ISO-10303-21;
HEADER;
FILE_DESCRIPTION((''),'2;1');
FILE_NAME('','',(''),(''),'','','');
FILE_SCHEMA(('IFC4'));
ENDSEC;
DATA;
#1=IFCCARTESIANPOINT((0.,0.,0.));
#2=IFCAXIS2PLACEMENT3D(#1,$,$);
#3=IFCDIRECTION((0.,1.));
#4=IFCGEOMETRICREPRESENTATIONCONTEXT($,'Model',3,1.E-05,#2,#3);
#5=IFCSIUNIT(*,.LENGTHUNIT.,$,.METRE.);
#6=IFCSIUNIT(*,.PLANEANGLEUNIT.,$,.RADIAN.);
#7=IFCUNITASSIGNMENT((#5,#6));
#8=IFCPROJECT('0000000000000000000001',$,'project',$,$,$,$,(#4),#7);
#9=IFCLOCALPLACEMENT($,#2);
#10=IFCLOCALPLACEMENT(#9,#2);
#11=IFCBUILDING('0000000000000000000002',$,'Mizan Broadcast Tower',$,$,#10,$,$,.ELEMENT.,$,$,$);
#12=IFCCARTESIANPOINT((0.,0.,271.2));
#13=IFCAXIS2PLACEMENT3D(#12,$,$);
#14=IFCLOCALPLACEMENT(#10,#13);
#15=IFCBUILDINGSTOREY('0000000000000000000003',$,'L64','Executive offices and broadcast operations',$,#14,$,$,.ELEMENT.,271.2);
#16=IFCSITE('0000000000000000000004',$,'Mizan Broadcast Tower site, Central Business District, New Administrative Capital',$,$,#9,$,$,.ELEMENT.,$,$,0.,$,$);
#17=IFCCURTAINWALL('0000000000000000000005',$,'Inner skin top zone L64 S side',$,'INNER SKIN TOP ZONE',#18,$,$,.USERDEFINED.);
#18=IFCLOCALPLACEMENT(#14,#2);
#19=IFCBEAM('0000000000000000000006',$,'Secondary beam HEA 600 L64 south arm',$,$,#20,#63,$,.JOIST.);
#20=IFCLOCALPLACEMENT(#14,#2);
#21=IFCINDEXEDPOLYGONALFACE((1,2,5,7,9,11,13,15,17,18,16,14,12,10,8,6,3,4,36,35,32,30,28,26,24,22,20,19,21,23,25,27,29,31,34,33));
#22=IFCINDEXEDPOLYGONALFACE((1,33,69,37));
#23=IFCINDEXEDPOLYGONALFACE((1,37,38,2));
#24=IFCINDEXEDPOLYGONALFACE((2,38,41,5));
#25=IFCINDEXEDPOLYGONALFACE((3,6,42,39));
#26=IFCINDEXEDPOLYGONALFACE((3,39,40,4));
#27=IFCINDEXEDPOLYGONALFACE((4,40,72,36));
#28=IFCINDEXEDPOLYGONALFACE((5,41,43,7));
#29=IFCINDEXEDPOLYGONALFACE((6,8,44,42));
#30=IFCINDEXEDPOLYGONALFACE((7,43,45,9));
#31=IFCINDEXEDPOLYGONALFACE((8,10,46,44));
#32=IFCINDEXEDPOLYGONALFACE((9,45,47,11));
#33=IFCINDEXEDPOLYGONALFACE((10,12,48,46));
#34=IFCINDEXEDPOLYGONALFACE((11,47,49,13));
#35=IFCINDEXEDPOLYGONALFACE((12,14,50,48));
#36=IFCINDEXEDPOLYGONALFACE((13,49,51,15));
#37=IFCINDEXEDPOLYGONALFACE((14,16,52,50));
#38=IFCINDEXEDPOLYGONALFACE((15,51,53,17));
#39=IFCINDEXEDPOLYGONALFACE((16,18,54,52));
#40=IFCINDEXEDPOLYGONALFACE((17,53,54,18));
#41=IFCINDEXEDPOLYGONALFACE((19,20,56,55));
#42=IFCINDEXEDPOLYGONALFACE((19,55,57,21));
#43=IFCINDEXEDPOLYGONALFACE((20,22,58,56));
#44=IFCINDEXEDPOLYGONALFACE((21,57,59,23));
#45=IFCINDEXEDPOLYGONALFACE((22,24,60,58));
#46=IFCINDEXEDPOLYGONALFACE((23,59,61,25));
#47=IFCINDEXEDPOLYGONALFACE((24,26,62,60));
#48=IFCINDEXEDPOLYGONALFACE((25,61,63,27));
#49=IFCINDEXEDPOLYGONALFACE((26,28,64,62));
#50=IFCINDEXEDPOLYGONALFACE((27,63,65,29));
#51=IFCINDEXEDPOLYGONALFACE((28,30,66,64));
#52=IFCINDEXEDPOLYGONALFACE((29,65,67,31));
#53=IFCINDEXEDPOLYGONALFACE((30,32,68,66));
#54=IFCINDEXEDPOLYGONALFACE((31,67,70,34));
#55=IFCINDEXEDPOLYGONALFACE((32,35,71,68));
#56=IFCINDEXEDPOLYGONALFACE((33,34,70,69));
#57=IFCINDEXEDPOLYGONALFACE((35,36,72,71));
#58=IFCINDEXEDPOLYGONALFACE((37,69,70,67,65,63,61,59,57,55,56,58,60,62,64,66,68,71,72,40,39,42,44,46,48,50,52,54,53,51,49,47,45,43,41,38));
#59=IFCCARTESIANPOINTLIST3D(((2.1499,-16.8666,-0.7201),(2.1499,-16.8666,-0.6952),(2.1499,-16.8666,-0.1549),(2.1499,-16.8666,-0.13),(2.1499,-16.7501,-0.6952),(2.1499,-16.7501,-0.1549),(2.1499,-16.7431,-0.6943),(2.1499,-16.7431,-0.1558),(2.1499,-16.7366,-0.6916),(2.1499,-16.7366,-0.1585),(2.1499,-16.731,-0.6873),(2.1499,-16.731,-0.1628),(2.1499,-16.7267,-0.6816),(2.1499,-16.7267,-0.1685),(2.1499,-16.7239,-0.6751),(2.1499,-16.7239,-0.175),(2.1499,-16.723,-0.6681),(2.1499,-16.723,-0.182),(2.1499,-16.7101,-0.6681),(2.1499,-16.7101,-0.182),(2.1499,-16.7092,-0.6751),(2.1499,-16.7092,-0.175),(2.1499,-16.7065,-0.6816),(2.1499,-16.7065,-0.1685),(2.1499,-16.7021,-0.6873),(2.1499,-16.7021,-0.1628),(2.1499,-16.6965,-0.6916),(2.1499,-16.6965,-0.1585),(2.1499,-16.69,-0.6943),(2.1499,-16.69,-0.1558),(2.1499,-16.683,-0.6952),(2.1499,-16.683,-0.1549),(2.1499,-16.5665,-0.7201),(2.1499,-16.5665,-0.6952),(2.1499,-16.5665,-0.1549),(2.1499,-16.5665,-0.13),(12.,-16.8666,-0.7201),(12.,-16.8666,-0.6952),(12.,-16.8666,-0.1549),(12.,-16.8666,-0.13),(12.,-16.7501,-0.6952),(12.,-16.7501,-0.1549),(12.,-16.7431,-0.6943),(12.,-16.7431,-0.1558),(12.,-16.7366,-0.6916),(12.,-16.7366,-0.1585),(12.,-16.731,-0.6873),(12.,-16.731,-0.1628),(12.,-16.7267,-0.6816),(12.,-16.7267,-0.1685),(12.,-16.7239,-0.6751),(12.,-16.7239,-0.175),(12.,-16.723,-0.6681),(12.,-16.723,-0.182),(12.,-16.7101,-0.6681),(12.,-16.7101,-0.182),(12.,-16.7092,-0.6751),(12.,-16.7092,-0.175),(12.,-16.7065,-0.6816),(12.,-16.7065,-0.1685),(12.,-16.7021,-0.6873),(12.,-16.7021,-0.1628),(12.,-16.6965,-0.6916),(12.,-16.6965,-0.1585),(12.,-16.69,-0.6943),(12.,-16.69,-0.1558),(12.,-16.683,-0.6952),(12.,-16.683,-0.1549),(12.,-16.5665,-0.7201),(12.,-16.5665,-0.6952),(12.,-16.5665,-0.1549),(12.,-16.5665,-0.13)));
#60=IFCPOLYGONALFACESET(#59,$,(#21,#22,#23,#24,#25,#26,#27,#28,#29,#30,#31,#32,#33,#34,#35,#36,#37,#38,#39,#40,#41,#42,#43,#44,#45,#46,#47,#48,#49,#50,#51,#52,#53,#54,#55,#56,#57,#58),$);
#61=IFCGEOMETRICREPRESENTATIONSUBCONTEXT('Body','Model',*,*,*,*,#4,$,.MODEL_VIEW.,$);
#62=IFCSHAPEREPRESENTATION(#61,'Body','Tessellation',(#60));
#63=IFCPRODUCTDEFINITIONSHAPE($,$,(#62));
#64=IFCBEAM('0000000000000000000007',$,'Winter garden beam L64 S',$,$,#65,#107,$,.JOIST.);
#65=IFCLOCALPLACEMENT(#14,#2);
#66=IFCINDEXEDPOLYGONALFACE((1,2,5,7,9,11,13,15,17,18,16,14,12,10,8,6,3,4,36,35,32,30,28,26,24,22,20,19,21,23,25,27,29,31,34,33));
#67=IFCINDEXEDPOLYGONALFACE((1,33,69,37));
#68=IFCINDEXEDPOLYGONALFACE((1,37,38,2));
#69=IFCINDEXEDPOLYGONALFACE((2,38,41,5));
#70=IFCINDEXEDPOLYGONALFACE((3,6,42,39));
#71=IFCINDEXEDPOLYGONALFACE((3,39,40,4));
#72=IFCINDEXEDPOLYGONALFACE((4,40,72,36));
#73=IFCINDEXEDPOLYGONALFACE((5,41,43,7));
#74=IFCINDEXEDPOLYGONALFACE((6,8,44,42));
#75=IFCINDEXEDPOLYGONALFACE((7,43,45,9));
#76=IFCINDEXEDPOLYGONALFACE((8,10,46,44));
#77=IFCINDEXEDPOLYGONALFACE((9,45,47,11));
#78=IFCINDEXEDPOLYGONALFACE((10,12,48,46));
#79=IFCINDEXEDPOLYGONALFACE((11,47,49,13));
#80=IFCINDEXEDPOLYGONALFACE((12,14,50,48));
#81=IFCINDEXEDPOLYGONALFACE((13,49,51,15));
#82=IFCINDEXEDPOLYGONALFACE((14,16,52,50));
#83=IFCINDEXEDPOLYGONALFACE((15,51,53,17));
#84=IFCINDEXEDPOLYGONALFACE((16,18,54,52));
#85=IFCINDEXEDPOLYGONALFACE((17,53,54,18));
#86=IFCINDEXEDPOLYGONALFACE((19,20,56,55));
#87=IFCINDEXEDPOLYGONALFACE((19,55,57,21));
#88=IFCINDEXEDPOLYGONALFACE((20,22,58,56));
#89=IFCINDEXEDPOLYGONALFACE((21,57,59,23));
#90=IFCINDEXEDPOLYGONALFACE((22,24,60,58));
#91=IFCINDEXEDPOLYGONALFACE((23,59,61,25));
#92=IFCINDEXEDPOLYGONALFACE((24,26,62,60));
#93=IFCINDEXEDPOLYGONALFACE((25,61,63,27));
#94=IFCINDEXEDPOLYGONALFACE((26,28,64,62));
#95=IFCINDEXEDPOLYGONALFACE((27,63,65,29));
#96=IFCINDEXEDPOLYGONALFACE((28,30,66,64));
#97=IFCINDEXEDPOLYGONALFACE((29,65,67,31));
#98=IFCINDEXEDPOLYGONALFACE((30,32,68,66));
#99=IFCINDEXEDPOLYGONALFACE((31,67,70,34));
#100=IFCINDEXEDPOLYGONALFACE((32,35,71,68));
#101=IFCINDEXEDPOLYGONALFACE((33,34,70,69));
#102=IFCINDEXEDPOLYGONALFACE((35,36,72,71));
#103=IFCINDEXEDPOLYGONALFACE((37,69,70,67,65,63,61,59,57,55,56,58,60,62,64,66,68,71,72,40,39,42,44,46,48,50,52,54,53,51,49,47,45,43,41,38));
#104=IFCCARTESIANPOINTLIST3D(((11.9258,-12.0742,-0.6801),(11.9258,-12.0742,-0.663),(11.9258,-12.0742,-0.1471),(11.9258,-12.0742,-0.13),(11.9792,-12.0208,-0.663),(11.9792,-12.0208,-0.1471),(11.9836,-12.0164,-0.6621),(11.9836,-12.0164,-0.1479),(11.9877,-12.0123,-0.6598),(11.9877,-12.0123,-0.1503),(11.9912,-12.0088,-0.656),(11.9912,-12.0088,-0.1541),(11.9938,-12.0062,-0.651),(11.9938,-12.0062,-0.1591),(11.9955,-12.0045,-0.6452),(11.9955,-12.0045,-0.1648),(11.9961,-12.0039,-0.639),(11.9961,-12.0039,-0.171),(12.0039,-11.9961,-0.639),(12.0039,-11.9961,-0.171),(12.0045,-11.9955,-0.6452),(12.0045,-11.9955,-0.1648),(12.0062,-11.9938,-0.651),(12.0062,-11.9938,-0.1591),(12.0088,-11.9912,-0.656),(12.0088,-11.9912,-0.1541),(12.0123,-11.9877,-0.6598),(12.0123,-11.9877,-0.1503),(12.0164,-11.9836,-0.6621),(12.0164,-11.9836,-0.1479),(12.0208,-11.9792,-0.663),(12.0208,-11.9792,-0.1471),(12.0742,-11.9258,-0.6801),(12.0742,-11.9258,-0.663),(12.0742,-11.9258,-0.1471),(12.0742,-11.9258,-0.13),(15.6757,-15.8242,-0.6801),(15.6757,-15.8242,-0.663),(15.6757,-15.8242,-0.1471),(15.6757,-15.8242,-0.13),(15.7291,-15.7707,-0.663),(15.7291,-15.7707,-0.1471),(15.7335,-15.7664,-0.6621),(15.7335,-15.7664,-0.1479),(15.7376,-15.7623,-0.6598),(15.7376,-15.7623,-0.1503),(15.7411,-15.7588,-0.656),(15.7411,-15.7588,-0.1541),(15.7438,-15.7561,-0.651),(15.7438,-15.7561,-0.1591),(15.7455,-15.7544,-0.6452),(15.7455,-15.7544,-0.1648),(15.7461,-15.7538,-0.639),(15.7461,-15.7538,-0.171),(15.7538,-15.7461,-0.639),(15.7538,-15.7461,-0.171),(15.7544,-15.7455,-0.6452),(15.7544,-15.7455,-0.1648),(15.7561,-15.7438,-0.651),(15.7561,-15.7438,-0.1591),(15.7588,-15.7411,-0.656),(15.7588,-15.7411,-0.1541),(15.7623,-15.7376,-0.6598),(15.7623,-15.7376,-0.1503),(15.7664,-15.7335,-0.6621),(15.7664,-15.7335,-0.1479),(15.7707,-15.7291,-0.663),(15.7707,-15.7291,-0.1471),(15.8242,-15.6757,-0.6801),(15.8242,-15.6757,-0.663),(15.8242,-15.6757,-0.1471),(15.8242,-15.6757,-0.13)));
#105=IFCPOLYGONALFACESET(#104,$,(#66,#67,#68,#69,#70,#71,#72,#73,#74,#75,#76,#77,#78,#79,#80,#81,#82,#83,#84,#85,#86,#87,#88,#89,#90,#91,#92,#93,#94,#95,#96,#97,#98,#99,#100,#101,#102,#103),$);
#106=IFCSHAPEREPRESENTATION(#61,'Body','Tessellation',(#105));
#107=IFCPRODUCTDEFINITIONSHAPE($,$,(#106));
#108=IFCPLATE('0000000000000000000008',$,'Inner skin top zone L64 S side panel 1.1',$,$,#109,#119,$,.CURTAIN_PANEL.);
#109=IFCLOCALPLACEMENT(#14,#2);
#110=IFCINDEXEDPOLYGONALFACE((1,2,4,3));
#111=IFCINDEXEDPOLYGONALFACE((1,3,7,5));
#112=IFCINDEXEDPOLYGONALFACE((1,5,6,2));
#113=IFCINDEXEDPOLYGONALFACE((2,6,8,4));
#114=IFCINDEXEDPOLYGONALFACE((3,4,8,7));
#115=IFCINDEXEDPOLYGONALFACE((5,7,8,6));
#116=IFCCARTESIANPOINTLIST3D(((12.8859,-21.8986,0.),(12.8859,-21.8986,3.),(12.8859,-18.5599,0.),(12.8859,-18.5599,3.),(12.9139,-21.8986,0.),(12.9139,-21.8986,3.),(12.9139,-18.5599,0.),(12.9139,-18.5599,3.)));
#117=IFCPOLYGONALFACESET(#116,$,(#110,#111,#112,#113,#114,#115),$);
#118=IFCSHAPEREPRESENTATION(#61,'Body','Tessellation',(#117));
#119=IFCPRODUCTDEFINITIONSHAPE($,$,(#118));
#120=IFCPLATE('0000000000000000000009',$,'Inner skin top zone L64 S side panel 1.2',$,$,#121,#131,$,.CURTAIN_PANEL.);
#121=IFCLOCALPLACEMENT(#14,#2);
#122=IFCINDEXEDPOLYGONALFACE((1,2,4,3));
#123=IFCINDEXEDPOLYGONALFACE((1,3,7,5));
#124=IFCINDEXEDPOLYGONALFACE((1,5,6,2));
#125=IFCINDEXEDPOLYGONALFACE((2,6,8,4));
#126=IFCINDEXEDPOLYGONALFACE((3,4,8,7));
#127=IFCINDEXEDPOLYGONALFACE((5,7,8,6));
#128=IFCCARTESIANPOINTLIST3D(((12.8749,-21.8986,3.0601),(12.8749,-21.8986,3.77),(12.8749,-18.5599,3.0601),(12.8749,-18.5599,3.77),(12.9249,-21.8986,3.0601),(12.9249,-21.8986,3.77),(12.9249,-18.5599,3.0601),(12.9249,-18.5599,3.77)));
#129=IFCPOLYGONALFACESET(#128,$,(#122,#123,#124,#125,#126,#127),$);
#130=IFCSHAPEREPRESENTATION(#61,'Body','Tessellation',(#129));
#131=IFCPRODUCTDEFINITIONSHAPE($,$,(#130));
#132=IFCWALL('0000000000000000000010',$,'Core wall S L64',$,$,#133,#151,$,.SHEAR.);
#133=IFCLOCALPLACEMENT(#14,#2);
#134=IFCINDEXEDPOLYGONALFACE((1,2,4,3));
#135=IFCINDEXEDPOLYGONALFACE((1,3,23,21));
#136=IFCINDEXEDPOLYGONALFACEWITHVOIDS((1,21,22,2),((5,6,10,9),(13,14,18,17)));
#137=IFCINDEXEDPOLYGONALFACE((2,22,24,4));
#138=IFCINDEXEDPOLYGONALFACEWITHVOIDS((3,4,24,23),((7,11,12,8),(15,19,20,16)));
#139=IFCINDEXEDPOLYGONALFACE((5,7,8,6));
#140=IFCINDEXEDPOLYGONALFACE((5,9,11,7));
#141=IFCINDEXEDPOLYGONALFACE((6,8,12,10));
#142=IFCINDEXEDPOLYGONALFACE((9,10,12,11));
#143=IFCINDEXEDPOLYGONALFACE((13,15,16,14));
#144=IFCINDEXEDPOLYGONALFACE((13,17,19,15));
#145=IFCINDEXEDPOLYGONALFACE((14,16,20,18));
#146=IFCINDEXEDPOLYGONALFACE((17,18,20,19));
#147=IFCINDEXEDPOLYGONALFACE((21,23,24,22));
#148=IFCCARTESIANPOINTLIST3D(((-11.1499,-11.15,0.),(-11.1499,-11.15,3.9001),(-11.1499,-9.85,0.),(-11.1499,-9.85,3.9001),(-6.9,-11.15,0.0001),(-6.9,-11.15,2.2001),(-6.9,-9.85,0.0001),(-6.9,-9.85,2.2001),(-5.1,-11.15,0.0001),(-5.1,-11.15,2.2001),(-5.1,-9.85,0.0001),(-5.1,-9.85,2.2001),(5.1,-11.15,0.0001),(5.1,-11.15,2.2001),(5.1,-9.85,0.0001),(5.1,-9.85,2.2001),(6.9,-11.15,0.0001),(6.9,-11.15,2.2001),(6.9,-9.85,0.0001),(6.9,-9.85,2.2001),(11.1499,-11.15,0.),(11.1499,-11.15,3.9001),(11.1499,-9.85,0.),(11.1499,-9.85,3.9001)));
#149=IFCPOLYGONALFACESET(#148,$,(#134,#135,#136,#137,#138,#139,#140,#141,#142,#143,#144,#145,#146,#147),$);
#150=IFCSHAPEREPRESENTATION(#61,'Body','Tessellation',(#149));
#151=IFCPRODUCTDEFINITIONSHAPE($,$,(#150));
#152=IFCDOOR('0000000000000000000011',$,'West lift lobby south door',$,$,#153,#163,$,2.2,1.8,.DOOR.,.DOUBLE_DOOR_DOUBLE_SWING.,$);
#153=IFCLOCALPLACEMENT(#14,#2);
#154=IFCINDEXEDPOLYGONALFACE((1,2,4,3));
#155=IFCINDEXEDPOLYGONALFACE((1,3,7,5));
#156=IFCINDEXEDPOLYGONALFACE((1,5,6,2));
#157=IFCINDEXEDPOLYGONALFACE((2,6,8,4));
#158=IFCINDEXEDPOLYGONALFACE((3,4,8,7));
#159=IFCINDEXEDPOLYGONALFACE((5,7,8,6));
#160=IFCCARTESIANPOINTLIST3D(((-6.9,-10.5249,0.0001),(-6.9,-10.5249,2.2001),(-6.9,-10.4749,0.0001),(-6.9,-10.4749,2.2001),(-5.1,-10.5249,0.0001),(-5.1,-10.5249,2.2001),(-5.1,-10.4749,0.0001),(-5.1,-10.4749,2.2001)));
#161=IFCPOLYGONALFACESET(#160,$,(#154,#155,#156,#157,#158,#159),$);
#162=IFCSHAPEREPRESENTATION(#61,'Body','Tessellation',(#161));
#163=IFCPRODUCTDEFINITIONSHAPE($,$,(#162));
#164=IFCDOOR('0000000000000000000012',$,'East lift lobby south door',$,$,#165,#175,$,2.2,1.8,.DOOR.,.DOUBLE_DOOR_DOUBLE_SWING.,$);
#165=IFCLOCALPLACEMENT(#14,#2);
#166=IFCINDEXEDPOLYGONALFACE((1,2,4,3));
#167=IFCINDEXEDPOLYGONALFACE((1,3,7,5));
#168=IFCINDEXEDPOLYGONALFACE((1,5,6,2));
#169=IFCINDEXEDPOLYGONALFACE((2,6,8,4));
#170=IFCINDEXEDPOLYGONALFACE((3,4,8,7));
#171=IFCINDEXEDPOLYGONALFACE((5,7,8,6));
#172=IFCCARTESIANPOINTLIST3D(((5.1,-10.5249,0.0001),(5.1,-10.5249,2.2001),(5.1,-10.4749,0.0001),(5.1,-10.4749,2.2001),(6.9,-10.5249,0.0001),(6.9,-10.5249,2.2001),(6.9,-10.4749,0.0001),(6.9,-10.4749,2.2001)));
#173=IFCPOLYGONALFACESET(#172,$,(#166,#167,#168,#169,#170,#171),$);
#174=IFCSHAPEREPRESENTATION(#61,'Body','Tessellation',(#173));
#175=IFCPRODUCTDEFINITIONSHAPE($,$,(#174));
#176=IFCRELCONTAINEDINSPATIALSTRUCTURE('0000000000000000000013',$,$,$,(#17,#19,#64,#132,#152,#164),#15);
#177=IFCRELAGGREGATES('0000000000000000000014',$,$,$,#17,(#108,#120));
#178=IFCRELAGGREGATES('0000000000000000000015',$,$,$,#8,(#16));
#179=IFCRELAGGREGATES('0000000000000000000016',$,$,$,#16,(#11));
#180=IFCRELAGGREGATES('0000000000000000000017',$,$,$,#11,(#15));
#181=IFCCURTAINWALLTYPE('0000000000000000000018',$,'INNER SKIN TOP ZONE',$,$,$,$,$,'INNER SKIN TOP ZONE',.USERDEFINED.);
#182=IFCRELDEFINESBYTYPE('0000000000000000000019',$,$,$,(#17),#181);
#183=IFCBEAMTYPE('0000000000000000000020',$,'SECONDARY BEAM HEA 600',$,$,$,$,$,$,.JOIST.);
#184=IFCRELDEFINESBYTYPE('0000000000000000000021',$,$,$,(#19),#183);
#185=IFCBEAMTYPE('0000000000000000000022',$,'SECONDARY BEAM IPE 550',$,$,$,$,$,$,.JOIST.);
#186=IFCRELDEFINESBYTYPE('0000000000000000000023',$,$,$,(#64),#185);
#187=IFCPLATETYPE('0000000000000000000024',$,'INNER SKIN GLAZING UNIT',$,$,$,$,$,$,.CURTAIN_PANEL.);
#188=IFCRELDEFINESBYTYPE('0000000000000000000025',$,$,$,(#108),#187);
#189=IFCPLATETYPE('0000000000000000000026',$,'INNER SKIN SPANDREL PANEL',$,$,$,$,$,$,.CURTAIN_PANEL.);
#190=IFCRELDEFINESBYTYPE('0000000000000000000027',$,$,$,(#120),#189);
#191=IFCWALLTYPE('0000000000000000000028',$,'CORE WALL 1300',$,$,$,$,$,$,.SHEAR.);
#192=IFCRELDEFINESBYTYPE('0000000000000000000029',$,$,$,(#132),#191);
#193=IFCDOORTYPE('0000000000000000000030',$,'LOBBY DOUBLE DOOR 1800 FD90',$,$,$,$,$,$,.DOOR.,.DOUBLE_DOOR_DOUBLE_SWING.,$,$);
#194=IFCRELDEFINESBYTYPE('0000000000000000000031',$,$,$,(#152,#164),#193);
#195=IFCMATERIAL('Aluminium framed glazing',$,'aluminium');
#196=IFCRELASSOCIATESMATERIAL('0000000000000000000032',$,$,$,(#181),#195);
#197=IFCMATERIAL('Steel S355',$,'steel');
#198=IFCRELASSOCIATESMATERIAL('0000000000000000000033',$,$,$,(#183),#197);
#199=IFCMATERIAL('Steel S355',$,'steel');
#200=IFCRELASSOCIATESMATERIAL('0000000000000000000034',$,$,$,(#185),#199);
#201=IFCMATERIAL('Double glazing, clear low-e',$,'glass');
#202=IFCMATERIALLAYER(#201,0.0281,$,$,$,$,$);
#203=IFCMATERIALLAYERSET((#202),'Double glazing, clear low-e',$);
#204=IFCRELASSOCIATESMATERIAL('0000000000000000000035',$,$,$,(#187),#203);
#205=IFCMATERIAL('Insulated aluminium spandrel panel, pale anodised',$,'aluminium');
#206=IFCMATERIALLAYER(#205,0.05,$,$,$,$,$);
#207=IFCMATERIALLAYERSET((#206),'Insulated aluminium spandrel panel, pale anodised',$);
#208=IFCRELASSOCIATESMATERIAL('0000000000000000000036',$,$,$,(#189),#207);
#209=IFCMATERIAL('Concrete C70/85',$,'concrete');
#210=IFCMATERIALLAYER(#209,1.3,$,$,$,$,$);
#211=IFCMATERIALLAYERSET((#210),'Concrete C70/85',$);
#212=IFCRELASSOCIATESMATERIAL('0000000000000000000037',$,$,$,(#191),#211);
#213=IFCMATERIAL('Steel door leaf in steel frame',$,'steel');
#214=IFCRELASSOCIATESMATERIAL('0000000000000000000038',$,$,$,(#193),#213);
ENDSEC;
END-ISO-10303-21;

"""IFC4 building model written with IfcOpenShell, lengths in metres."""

from ifc_helpers import new_model, si_unit, direction, frame, frame_2d, origin, origin_2d, place, context, subcontext, project, spatial, rectangle, i_section, extrude, material, layer, layer_set, material_profile, profile_set, type_object, element, fill, aggregate, save


model = new_model("IFC4")

# Units and contexts
model_context = context("Model", 3, precision=1e-05, world=origin(), true_north=direction((0.0, 1.0)))
body_context = subcontext(model_context, "Body", "Model", "MODEL_VIEW")
ifc_project = project(units=[si_unit("LENGTHUNIT", "METRE"), si_unit("PLANEANGLEUNIT", "RADIAN")], contexts=[model_context])

# Site, building, storey
site_placement = place(None, origin())
site = spatial("IfcSite", under=ifc_project, at=site_placement, Name="Mizan Broadcast Tower site, Central Business District, New Administrative Capital", CompositionType="ELEMENT", RefElevation=0.0)
building_placement = place(site_placement, origin())
building = spatial("IfcBuilding", under=site, at=building_placement, Name="Mizan Broadcast Tower", CompositionType="ELEMENT")
storey_placement = place(building_placement, frame((0.0, 0.0, 271.2)))
storey = spatial("IfcBuildingStorey", under=building, at=storey_placement, Name="L64", Description="Executive offices and broadcast operations", CompositionType="ELEMENT", Elevation=271.2)

# Curtain wall
ifc_material_1 = material(Name="Aluminium framed glazing", Category="aluminium")
curtain_wall_type = type_object("IfcCurtainWallType", Name="INNER SKIN TOP ZONE", ElementType="INNER SKIN TOP ZONE", PredefinedType="USERDEFINED", material=ifc_material_1)
curtain_wall_placement = place(storey_placement, origin())
curtain_wall = element("IfcCurtainWall", 1, at=curtain_wall_placement, inside=storey, type_object=curtain_wall_type, Name="Inner skin top zone L64 S side", ObjectType="INNER SKIN TOP ZONE", PredefinedType="USERDEFINED")

# Beams
ifc_material_2 = material(Name="Steel S355", Category="steel")
ifc_material_profile_1 = material_profile(ifc_material_2, i_section(OverallWidth=0.3, OverallDepth=0.5901, WebThickness=0.0129, FlangeThickness=0.0249, FilletRadius=0.0271, at=origin_2d()), Name="HEA 600")
ifc_profile_set_1 = profile_set([ifc_material_profile_1], Name="Steel S355")
beam_type_1 = type_object("IfcBeamType", Name="SECONDARY BEAM HEA 600", PredefinedType="JOIST", material=ifc_profile_set_1)
for number, where, z_axis, x_axis, name in (
    (2, (12.0, -16.7166, -0.425), (-1.0, 0.0, 0.0), (0.0, -1.0, 0.0), "Secondary beam HEA 600 L64 south arm"),
):
    element("IfcBeam", number, at=place(storey_placement, frame(where, z_axis=z_axis, x_axis=x_axis)), inside=storey, type_object=beam_type_1, Name=name, PredefinedType="JOIST", context=body_context, shape_type="SweptSolid", body=[
        extrude(i_section(OverallWidth=0.3, OverallDepth=0.5901, WebThickness=0.0129, FlangeThickness=0.0249, FilletRadius=0.0271, at=origin_2d()), origin(), (0.0, 0.0, 1.0), 9.8501),
    ])
ifc_material_3 = material(Name="Steel S355", Category="steel")
ifc_material_profile_2 = material_profile(ifc_material_3, i_section(OverallWidth=0.21, OverallDepth=0.55, WebThickness=0.011, FlangeThickness=0.0171, FilletRadius=0.0239, at=origin_2d()), Name="IPE 550")
ifc_profile_set_2 = profile_set([ifc_material_profile_2], Name="Steel S355")
beam_type_2 = type_object("IfcBeamType", Name="SECONDARY BEAM IPE 550", PredefinedType="JOIST", material=ifc_profile_set_2)
beam_1_placement = place(storey_placement, frame((12.0, -12.0, -0.405), z_axis=(0.707107, -0.707107, 0.0), x_axis=(0.707107, 0.707107, 0.0)))
element("IfcBeam", 3, at=beam_1_placement, inside=storey, type_object=beam_type_2, Name="Winter garden beam L64 S", PredefinedType="JOIST", context=body_context, shape_type="SweptSolid", body=[
    extrude(i_section(OverallWidth=0.21, OverallDepth=0.55, WebThickness=0.011, FlangeThickness=0.0171, FilletRadius=0.0239, at=origin_2d()), origin(), (0.0, 0.0, 1.0), 5.3032),
])

# Plates
ifc_material_4 = material(Name="Double glazing, clear low-e", Category="glass")
ifc_layer_1 = layer(ifc_material_4, 0.0281)
ifc_layer_set_1 = layer_set([ifc_layer_1], Name="Double glazing, clear low-e")
plate_type_1 = type_object("IfcPlateType", Name="INNER SKIN GLAZING UNIT", PredefinedType="CURTAIN_PANEL", material=ifc_layer_set_1)
plate_1_placement = place(storey_placement, frame((12.8999, -20.2292, 0.0), z_axis=(0.0, 0.0, 1.0), x_axis=(0.0, 1.0, 0.0)))
plate_1 = element("IfcPlate", 4, at=plate_1_placement, type_object=plate_type_1, Name="Inner skin top zone L64 S side panel 1.1", PredefinedType="CURTAIN_PANEL", context=body_context, shape_type="SweptSolid", body=[
    extrude(rectangle(XDim=3.3386, YDim=0.0281, at=origin_2d()), origin(), (0.0, 0.0, 1.0), 3.0),
])
ifc_material_5 = material(Name="Insulated aluminium spandrel panel, pale anodised", Category="aluminium")
ifc_layer_2 = layer(ifc_material_5, 0.05)
ifc_layer_set_2 = layer_set([ifc_layer_2], Name="Insulated aluminium spandrel panel, pale anodised")
plate_type_2 = type_object("IfcPlateType", Name="INNER SKIN SPANDREL PANEL", PredefinedType="CURTAIN_PANEL", material=ifc_layer_set_2)
plate_2_placement = place(storey_placement, frame((12.8999, -20.2292, 3.0601), z_axis=(0.0, 0.0, 1.0), x_axis=(0.0, 1.0, 0.0)))
plate_2 = element("IfcPlate", 5, at=plate_2_placement, type_object=plate_type_2, Name="Inner skin top zone L64 S side panel 1.2", PredefinedType="CURTAIN_PANEL", context=body_context, shape_type="SweptSolid", body=[
    extrude(rectangle(XDim=3.3386, YDim=0.05, at=origin_2d()), origin(), (0.0, 0.0, 1.0), 0.71),
])
aggregate(curtain_wall, [plate_1, plate_2])

# Wall, openings, doors
ifc_material_6 = material(Name="Concrete C70/85", Category="concrete")
ifc_layer_3 = layer(ifc_material_6, 1.3)
ifc_layer_set_3 = layer_set([ifc_layer_3], Name="Concrete C70/85")
wall_type_1 = type_object("IfcWallType", Name="CORE WALL 1300", PredefinedType="SHEAR", material=ifc_layer_set_3)
wall_1_placement = place(storey_placement, frame((11.1499, -10.5, 0.0), z_axis=(0.0, 0.0, 1.0), x_axis=(-1.0, 0.0, 0.0)))
wall_1 = element("IfcWall", 6, at=wall_1_placement, inside=storey, type_object=wall_type_1, Name="Core wall S L64", PredefinedType="SHEAR", context=body_context, shape_type="SweptSolid", body=[
    extrude(rectangle(XDim=22.2998, YDim=1.3, at=frame_2d((11.1499, 0.0))), origin(), (0.0, 0.0, 1.0), 3.9001),
])
opening_1_placement = place(wall_1_placement, frame((16.25, 0.0, 0.0)))
opening_1 = element("IfcOpeningElement", 7, at=opening_1_placement, cuts=wall_1, PredefinedType="OPENING", context=body_context, shape_type="SweptSolid", body=[
    extrude(rectangle(XDim=1.8, YDim=2.2, at=frame_2d((0.8999, 1.1001))), frame((0.0, 0.6599, 0.0), z_axis=(0.0, -1.0, 0.0), x_axis=(1.0, 0.0, 0.0)), (0.0, 0.0, 1.0), 1.3201),
])
opening_2_placement = place(wall_1_placement, frame((4.25, 0.0, 0.0)))
opening_2 = element("IfcOpeningElement", 8, at=opening_2_placement, cuts=wall_1, PredefinedType="OPENING", context=body_context, shape_type="SweptSolid", body=[
    extrude(rectangle(XDim=1.8, YDim=2.2, at=frame_2d((0.8999, 1.1001))), frame((0.0, 0.6599, 0.0), z_axis=(0.0, -1.0, 0.0), x_axis=(1.0, 0.0, 0.0)), (0.0, 0.0, 1.0), 1.3201),
])
ifc_material_7 = material(Name="Steel door leaf in steel frame", Category="steel")
door_type_1 = type_object("IfcDoorType", Name="LOBBY DOUBLE DOOR 1800 FD90", OperationType="DOUBLE_DOOR_DOUBLE_SWING", PredefinedType="DOOR", material=ifc_material_7)
door_1_placement = place(opening_1_placement, origin())
door_1 = element("IfcDoor", 9, at=door_1_placement, inside=storey, type_object=door_type_1, Name="West lift lobby south door", OperationType="DOUBLE_DOOR_DOUBLE_SWING", OverallHeight=2.2, OverallWidth=1.8, PredefinedType="DOOR", context=body_context, shape_type="SweptSolid", body=[
    extrude(rectangle(XDim=1.8, YDim=2.2, at=frame_2d((0.8999, 1.1001))), frame((0.0, 0.0249, 0.0), z_axis=(0.0, -1.0, 0.0), x_axis=(1.0, 0.0, 0.0)), (0.0, 0.0, 1.0), 0.05),
])
fill(opening_1, door_1)
door_2_placement = place(opening_2_placement, origin())
door_2 = element("IfcDoor", 10, at=door_2_placement, inside=storey, type_object=door_type_1, Name="East lift lobby south door", OperationType="DOUBLE_DOOR_DOUBLE_SWING", OverallHeight=2.2, OverallWidth=1.8, PredefinedType="DOOR", context=body_context, shape_type="SweptSolid", body=[
    extrude(rectangle(XDim=1.8, YDim=2.2, at=frame_2d((0.8999, 1.1001))), frame((0.0, 0.0249, 0.0), z_axis=(0.0, -1.0, 0.0), x_axis=(1.0, 0.0, 0.0)), (0.0, 0.0, 1.0), 0.05),
])
fill(opening_2, door_2)

save(model, "model.ifc")
